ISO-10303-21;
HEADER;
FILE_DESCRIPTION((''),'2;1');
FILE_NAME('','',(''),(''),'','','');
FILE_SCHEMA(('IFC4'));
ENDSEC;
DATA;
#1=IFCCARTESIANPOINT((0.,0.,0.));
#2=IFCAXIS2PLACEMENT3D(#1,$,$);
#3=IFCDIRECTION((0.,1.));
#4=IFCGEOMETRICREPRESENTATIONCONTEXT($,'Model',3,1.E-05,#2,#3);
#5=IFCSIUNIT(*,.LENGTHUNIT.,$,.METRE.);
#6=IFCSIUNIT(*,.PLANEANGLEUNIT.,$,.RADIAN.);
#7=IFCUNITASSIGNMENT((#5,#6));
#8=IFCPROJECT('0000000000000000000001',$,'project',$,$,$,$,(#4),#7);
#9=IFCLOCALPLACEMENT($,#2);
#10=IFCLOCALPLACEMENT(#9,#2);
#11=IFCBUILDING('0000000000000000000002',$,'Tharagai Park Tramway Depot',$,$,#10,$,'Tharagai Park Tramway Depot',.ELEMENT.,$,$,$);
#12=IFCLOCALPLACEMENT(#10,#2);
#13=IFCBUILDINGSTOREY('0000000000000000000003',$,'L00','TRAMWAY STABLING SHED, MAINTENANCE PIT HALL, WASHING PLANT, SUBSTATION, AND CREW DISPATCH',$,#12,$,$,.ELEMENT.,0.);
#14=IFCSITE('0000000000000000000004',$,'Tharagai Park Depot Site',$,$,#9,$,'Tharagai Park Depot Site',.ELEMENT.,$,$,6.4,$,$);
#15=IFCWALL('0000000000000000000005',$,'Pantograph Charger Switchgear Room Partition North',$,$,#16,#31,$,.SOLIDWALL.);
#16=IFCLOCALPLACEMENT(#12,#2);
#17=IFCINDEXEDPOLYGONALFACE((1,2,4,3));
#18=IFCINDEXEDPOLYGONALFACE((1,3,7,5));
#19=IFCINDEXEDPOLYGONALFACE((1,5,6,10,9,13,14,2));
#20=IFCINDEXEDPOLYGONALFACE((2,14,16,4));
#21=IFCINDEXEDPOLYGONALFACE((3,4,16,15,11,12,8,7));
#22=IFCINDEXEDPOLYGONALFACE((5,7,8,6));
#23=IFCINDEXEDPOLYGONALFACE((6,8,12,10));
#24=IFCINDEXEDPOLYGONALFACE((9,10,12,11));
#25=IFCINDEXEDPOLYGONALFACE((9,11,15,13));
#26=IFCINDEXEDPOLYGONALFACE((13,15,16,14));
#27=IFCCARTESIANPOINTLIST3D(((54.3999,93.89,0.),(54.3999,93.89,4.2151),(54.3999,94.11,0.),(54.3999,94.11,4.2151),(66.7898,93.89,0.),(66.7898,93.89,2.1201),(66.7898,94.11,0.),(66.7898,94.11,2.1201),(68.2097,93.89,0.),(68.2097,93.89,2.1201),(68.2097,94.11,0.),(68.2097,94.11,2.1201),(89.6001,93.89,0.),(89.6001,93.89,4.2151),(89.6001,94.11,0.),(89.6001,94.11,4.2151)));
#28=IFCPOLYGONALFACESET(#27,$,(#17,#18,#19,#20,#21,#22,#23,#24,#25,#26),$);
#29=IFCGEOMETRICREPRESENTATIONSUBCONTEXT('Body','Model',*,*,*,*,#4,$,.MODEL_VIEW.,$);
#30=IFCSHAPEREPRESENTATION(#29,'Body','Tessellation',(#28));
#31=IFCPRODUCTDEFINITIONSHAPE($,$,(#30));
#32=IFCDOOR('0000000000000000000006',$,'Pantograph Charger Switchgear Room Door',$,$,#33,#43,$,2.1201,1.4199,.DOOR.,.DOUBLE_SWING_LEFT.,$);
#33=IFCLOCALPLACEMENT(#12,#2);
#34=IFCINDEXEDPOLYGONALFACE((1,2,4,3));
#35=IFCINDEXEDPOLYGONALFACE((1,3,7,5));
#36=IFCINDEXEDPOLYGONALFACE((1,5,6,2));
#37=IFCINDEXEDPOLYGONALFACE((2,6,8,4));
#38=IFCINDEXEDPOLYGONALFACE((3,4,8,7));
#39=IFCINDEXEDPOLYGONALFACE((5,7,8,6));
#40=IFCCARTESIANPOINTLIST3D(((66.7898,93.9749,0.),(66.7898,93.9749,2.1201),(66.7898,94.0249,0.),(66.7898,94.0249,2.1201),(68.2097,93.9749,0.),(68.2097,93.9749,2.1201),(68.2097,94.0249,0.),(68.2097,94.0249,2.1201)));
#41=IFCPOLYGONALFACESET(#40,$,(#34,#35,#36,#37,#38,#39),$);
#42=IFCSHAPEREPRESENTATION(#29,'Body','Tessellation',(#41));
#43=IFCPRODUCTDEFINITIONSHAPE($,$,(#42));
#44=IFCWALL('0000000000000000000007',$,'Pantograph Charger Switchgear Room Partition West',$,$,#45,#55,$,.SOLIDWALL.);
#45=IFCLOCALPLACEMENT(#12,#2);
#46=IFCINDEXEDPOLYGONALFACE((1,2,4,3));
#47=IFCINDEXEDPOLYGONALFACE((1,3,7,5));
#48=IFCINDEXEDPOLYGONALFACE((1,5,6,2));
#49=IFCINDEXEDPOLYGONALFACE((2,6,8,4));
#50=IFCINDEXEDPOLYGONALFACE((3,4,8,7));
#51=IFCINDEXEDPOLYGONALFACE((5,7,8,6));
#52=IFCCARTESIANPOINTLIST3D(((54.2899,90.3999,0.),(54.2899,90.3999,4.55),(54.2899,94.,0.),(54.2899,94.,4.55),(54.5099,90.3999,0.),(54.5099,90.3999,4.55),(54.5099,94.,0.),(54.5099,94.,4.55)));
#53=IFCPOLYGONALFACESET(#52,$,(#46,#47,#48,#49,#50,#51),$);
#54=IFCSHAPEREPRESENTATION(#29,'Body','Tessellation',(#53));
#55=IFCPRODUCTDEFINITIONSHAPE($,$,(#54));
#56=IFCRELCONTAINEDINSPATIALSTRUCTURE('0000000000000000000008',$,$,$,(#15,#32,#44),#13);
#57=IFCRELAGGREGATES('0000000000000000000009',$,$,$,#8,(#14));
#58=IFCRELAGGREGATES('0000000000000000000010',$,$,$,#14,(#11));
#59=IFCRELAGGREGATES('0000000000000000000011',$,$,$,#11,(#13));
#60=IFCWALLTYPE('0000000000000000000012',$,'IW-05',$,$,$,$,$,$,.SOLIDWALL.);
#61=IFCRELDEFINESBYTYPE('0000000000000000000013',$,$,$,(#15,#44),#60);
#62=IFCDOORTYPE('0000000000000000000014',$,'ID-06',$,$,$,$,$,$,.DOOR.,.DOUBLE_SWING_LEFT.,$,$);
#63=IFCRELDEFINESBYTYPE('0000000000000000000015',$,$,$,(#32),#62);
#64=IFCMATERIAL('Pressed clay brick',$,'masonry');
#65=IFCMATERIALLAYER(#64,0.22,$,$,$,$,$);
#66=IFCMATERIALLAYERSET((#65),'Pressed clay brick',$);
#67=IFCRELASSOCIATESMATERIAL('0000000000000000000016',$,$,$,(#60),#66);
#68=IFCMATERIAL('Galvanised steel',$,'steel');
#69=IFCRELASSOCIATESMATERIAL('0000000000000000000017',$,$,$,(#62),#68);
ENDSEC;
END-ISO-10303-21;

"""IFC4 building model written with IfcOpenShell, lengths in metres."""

from ifc_helpers import new_model, si_unit, direction, frame, frame_2d, origin, place, context, subcontext, project, spatial, rectangle, extrude, material, layer, layer_set, type_object, element, fill, save


model = new_model("IFC4")

# Units and contexts
model_context = context("Model", 3, precision=1e-05, world=origin(), true_north=direction((0.0, 1.0)))
body_context = subcontext(model_context, "Body", "Model", "MODEL_VIEW")
ifc_project = project(units=[si_unit("LENGTHUNIT", "METRE"), si_unit("PLANEANGLEUNIT", "RADIAN")], contexts=[model_context])

# Site, building, storey
site_placement = place(None, origin())
site = spatial("IfcSite", under=ifc_project, at=site_placement, Name="Tharagai Park Depot Site", LongName="Tharagai Park Depot Site", CompositionType="ELEMENT", RefElevation=6.4)
building_placement = place(site_placement, origin())
building = spatial("IfcBuilding", under=site, at=building_placement, Name="Tharagai Park Tramway Depot", LongName="Tharagai Park Tramway Depot", CompositionType="ELEMENT")
storey_placement = place(building_placement, origin())
storey = spatial("IfcBuildingStorey", under=building, at=storey_placement, Name="L00", Description="TRAMWAY STABLING SHED, MAINTENANCE PIT HALL, WASHING PLANT, SUBSTATION, AND CREW DISPATCH", CompositionType="ELEMENT", Elevation=0.0)

# Shared definitions
ifc_material_1 = material(Name="Pressed clay brick", Category="masonry")
ifc_layer = layer(ifc_material_1, 0.22)
ifc_layer_set = layer_set([ifc_layer], Name="Pressed clay brick")
wall_type = type_object("IfcWallType", Name="IW-05", PredefinedType="SOLIDWALL", material=ifc_layer_set)

# Wall, opening, door
wall_1_placement = place(storey_placement, frame((54.3999, 94.0, 0.0), z_axis=(0.0, 0.0, 1.0), x_axis=(1.0, 0.0, 0.0)))
wall_1 = element("IfcWall", 1, at=wall_1_placement, inside=storey, type_object=wall_type, Name="Pantograph Charger Switchgear Room Partition North", PredefinedType="SOLIDWALL", context=body_context, shape_type="SweptSolid", body=[
    extrude(rectangle(XDim=35.2002, YDim=0.22, at=frame_2d((17.6001, 0.0))), origin(), (0.0, 0.0, 1.0), 4.2151),
])
opening_placement = place(wall_1_placement, frame((12.3899, 0.0, 0.0)))
opening = element("IfcOpeningElement", 2, at=opening_placement, cuts=wall_1, PredefinedType="OPENING", context=body_context, shape_type="SweptSolid", body=[
    extrude(rectangle(XDim=1.4199, YDim=2.1201, at=frame_2d((0.71, 1.0601))), frame((0.0, 0.1199, 0.0), z_axis=(0.0, -1.0, 0.0), x_axis=(1.0, 0.0, 0.0)), (0.0, 0.0, 1.0), 0.24),
])
ifc_material_2 = material(Name="Galvanised steel", Category="steel")
door_type = type_object("IfcDoorType", Name="ID-06", OperationType="DOUBLE_SWING_LEFT", PredefinedType="DOOR", material=ifc_material_2)
door_placement = place(opening_placement, origin())
door = element("IfcDoor", 3, at=door_placement, inside=storey, type_object=door_type, Name="Pantograph Charger Switchgear Room Door", OperationType="DOUBLE_SWING_LEFT", OverallHeight=2.1201, OverallWidth=1.4199, PredefinedType="DOOR", context=body_context, shape_type="SweptSolid", body=[
    extrude(rectangle(XDim=1.4199, YDim=2.1201, at=frame_2d((0.71, 1.0601))), frame((0.0, 0.0249, 0.0), z_axis=(0.0, -1.0, 0.0), x_axis=(1.0, 0.0, 0.0)), (0.0, 0.0, 1.0), 0.05),
])
fill(opening, door)

# Wall
wall_2_placement = place(storey_placement, frame((54.3999, 90.3999, 0.0), z_axis=(0.0, 0.0, 1.0), x_axis=(0.0, 1.0, 0.0)))
element("IfcWall", 4, at=wall_2_placement, inside=storey, type_object=wall_type, Name="Pantograph Charger Switchgear Room Partition West", PredefinedType="SOLIDWALL", context=body_context, shape_type="SweptSolid", body=[
    extrude(rectangle(XDim=3.6001, YDim=0.22, at=frame_2d((1.8, 0.0))), origin(), (0.0, 0.0, 1.0), 4.55),
])

save(model, "model.ifc")
